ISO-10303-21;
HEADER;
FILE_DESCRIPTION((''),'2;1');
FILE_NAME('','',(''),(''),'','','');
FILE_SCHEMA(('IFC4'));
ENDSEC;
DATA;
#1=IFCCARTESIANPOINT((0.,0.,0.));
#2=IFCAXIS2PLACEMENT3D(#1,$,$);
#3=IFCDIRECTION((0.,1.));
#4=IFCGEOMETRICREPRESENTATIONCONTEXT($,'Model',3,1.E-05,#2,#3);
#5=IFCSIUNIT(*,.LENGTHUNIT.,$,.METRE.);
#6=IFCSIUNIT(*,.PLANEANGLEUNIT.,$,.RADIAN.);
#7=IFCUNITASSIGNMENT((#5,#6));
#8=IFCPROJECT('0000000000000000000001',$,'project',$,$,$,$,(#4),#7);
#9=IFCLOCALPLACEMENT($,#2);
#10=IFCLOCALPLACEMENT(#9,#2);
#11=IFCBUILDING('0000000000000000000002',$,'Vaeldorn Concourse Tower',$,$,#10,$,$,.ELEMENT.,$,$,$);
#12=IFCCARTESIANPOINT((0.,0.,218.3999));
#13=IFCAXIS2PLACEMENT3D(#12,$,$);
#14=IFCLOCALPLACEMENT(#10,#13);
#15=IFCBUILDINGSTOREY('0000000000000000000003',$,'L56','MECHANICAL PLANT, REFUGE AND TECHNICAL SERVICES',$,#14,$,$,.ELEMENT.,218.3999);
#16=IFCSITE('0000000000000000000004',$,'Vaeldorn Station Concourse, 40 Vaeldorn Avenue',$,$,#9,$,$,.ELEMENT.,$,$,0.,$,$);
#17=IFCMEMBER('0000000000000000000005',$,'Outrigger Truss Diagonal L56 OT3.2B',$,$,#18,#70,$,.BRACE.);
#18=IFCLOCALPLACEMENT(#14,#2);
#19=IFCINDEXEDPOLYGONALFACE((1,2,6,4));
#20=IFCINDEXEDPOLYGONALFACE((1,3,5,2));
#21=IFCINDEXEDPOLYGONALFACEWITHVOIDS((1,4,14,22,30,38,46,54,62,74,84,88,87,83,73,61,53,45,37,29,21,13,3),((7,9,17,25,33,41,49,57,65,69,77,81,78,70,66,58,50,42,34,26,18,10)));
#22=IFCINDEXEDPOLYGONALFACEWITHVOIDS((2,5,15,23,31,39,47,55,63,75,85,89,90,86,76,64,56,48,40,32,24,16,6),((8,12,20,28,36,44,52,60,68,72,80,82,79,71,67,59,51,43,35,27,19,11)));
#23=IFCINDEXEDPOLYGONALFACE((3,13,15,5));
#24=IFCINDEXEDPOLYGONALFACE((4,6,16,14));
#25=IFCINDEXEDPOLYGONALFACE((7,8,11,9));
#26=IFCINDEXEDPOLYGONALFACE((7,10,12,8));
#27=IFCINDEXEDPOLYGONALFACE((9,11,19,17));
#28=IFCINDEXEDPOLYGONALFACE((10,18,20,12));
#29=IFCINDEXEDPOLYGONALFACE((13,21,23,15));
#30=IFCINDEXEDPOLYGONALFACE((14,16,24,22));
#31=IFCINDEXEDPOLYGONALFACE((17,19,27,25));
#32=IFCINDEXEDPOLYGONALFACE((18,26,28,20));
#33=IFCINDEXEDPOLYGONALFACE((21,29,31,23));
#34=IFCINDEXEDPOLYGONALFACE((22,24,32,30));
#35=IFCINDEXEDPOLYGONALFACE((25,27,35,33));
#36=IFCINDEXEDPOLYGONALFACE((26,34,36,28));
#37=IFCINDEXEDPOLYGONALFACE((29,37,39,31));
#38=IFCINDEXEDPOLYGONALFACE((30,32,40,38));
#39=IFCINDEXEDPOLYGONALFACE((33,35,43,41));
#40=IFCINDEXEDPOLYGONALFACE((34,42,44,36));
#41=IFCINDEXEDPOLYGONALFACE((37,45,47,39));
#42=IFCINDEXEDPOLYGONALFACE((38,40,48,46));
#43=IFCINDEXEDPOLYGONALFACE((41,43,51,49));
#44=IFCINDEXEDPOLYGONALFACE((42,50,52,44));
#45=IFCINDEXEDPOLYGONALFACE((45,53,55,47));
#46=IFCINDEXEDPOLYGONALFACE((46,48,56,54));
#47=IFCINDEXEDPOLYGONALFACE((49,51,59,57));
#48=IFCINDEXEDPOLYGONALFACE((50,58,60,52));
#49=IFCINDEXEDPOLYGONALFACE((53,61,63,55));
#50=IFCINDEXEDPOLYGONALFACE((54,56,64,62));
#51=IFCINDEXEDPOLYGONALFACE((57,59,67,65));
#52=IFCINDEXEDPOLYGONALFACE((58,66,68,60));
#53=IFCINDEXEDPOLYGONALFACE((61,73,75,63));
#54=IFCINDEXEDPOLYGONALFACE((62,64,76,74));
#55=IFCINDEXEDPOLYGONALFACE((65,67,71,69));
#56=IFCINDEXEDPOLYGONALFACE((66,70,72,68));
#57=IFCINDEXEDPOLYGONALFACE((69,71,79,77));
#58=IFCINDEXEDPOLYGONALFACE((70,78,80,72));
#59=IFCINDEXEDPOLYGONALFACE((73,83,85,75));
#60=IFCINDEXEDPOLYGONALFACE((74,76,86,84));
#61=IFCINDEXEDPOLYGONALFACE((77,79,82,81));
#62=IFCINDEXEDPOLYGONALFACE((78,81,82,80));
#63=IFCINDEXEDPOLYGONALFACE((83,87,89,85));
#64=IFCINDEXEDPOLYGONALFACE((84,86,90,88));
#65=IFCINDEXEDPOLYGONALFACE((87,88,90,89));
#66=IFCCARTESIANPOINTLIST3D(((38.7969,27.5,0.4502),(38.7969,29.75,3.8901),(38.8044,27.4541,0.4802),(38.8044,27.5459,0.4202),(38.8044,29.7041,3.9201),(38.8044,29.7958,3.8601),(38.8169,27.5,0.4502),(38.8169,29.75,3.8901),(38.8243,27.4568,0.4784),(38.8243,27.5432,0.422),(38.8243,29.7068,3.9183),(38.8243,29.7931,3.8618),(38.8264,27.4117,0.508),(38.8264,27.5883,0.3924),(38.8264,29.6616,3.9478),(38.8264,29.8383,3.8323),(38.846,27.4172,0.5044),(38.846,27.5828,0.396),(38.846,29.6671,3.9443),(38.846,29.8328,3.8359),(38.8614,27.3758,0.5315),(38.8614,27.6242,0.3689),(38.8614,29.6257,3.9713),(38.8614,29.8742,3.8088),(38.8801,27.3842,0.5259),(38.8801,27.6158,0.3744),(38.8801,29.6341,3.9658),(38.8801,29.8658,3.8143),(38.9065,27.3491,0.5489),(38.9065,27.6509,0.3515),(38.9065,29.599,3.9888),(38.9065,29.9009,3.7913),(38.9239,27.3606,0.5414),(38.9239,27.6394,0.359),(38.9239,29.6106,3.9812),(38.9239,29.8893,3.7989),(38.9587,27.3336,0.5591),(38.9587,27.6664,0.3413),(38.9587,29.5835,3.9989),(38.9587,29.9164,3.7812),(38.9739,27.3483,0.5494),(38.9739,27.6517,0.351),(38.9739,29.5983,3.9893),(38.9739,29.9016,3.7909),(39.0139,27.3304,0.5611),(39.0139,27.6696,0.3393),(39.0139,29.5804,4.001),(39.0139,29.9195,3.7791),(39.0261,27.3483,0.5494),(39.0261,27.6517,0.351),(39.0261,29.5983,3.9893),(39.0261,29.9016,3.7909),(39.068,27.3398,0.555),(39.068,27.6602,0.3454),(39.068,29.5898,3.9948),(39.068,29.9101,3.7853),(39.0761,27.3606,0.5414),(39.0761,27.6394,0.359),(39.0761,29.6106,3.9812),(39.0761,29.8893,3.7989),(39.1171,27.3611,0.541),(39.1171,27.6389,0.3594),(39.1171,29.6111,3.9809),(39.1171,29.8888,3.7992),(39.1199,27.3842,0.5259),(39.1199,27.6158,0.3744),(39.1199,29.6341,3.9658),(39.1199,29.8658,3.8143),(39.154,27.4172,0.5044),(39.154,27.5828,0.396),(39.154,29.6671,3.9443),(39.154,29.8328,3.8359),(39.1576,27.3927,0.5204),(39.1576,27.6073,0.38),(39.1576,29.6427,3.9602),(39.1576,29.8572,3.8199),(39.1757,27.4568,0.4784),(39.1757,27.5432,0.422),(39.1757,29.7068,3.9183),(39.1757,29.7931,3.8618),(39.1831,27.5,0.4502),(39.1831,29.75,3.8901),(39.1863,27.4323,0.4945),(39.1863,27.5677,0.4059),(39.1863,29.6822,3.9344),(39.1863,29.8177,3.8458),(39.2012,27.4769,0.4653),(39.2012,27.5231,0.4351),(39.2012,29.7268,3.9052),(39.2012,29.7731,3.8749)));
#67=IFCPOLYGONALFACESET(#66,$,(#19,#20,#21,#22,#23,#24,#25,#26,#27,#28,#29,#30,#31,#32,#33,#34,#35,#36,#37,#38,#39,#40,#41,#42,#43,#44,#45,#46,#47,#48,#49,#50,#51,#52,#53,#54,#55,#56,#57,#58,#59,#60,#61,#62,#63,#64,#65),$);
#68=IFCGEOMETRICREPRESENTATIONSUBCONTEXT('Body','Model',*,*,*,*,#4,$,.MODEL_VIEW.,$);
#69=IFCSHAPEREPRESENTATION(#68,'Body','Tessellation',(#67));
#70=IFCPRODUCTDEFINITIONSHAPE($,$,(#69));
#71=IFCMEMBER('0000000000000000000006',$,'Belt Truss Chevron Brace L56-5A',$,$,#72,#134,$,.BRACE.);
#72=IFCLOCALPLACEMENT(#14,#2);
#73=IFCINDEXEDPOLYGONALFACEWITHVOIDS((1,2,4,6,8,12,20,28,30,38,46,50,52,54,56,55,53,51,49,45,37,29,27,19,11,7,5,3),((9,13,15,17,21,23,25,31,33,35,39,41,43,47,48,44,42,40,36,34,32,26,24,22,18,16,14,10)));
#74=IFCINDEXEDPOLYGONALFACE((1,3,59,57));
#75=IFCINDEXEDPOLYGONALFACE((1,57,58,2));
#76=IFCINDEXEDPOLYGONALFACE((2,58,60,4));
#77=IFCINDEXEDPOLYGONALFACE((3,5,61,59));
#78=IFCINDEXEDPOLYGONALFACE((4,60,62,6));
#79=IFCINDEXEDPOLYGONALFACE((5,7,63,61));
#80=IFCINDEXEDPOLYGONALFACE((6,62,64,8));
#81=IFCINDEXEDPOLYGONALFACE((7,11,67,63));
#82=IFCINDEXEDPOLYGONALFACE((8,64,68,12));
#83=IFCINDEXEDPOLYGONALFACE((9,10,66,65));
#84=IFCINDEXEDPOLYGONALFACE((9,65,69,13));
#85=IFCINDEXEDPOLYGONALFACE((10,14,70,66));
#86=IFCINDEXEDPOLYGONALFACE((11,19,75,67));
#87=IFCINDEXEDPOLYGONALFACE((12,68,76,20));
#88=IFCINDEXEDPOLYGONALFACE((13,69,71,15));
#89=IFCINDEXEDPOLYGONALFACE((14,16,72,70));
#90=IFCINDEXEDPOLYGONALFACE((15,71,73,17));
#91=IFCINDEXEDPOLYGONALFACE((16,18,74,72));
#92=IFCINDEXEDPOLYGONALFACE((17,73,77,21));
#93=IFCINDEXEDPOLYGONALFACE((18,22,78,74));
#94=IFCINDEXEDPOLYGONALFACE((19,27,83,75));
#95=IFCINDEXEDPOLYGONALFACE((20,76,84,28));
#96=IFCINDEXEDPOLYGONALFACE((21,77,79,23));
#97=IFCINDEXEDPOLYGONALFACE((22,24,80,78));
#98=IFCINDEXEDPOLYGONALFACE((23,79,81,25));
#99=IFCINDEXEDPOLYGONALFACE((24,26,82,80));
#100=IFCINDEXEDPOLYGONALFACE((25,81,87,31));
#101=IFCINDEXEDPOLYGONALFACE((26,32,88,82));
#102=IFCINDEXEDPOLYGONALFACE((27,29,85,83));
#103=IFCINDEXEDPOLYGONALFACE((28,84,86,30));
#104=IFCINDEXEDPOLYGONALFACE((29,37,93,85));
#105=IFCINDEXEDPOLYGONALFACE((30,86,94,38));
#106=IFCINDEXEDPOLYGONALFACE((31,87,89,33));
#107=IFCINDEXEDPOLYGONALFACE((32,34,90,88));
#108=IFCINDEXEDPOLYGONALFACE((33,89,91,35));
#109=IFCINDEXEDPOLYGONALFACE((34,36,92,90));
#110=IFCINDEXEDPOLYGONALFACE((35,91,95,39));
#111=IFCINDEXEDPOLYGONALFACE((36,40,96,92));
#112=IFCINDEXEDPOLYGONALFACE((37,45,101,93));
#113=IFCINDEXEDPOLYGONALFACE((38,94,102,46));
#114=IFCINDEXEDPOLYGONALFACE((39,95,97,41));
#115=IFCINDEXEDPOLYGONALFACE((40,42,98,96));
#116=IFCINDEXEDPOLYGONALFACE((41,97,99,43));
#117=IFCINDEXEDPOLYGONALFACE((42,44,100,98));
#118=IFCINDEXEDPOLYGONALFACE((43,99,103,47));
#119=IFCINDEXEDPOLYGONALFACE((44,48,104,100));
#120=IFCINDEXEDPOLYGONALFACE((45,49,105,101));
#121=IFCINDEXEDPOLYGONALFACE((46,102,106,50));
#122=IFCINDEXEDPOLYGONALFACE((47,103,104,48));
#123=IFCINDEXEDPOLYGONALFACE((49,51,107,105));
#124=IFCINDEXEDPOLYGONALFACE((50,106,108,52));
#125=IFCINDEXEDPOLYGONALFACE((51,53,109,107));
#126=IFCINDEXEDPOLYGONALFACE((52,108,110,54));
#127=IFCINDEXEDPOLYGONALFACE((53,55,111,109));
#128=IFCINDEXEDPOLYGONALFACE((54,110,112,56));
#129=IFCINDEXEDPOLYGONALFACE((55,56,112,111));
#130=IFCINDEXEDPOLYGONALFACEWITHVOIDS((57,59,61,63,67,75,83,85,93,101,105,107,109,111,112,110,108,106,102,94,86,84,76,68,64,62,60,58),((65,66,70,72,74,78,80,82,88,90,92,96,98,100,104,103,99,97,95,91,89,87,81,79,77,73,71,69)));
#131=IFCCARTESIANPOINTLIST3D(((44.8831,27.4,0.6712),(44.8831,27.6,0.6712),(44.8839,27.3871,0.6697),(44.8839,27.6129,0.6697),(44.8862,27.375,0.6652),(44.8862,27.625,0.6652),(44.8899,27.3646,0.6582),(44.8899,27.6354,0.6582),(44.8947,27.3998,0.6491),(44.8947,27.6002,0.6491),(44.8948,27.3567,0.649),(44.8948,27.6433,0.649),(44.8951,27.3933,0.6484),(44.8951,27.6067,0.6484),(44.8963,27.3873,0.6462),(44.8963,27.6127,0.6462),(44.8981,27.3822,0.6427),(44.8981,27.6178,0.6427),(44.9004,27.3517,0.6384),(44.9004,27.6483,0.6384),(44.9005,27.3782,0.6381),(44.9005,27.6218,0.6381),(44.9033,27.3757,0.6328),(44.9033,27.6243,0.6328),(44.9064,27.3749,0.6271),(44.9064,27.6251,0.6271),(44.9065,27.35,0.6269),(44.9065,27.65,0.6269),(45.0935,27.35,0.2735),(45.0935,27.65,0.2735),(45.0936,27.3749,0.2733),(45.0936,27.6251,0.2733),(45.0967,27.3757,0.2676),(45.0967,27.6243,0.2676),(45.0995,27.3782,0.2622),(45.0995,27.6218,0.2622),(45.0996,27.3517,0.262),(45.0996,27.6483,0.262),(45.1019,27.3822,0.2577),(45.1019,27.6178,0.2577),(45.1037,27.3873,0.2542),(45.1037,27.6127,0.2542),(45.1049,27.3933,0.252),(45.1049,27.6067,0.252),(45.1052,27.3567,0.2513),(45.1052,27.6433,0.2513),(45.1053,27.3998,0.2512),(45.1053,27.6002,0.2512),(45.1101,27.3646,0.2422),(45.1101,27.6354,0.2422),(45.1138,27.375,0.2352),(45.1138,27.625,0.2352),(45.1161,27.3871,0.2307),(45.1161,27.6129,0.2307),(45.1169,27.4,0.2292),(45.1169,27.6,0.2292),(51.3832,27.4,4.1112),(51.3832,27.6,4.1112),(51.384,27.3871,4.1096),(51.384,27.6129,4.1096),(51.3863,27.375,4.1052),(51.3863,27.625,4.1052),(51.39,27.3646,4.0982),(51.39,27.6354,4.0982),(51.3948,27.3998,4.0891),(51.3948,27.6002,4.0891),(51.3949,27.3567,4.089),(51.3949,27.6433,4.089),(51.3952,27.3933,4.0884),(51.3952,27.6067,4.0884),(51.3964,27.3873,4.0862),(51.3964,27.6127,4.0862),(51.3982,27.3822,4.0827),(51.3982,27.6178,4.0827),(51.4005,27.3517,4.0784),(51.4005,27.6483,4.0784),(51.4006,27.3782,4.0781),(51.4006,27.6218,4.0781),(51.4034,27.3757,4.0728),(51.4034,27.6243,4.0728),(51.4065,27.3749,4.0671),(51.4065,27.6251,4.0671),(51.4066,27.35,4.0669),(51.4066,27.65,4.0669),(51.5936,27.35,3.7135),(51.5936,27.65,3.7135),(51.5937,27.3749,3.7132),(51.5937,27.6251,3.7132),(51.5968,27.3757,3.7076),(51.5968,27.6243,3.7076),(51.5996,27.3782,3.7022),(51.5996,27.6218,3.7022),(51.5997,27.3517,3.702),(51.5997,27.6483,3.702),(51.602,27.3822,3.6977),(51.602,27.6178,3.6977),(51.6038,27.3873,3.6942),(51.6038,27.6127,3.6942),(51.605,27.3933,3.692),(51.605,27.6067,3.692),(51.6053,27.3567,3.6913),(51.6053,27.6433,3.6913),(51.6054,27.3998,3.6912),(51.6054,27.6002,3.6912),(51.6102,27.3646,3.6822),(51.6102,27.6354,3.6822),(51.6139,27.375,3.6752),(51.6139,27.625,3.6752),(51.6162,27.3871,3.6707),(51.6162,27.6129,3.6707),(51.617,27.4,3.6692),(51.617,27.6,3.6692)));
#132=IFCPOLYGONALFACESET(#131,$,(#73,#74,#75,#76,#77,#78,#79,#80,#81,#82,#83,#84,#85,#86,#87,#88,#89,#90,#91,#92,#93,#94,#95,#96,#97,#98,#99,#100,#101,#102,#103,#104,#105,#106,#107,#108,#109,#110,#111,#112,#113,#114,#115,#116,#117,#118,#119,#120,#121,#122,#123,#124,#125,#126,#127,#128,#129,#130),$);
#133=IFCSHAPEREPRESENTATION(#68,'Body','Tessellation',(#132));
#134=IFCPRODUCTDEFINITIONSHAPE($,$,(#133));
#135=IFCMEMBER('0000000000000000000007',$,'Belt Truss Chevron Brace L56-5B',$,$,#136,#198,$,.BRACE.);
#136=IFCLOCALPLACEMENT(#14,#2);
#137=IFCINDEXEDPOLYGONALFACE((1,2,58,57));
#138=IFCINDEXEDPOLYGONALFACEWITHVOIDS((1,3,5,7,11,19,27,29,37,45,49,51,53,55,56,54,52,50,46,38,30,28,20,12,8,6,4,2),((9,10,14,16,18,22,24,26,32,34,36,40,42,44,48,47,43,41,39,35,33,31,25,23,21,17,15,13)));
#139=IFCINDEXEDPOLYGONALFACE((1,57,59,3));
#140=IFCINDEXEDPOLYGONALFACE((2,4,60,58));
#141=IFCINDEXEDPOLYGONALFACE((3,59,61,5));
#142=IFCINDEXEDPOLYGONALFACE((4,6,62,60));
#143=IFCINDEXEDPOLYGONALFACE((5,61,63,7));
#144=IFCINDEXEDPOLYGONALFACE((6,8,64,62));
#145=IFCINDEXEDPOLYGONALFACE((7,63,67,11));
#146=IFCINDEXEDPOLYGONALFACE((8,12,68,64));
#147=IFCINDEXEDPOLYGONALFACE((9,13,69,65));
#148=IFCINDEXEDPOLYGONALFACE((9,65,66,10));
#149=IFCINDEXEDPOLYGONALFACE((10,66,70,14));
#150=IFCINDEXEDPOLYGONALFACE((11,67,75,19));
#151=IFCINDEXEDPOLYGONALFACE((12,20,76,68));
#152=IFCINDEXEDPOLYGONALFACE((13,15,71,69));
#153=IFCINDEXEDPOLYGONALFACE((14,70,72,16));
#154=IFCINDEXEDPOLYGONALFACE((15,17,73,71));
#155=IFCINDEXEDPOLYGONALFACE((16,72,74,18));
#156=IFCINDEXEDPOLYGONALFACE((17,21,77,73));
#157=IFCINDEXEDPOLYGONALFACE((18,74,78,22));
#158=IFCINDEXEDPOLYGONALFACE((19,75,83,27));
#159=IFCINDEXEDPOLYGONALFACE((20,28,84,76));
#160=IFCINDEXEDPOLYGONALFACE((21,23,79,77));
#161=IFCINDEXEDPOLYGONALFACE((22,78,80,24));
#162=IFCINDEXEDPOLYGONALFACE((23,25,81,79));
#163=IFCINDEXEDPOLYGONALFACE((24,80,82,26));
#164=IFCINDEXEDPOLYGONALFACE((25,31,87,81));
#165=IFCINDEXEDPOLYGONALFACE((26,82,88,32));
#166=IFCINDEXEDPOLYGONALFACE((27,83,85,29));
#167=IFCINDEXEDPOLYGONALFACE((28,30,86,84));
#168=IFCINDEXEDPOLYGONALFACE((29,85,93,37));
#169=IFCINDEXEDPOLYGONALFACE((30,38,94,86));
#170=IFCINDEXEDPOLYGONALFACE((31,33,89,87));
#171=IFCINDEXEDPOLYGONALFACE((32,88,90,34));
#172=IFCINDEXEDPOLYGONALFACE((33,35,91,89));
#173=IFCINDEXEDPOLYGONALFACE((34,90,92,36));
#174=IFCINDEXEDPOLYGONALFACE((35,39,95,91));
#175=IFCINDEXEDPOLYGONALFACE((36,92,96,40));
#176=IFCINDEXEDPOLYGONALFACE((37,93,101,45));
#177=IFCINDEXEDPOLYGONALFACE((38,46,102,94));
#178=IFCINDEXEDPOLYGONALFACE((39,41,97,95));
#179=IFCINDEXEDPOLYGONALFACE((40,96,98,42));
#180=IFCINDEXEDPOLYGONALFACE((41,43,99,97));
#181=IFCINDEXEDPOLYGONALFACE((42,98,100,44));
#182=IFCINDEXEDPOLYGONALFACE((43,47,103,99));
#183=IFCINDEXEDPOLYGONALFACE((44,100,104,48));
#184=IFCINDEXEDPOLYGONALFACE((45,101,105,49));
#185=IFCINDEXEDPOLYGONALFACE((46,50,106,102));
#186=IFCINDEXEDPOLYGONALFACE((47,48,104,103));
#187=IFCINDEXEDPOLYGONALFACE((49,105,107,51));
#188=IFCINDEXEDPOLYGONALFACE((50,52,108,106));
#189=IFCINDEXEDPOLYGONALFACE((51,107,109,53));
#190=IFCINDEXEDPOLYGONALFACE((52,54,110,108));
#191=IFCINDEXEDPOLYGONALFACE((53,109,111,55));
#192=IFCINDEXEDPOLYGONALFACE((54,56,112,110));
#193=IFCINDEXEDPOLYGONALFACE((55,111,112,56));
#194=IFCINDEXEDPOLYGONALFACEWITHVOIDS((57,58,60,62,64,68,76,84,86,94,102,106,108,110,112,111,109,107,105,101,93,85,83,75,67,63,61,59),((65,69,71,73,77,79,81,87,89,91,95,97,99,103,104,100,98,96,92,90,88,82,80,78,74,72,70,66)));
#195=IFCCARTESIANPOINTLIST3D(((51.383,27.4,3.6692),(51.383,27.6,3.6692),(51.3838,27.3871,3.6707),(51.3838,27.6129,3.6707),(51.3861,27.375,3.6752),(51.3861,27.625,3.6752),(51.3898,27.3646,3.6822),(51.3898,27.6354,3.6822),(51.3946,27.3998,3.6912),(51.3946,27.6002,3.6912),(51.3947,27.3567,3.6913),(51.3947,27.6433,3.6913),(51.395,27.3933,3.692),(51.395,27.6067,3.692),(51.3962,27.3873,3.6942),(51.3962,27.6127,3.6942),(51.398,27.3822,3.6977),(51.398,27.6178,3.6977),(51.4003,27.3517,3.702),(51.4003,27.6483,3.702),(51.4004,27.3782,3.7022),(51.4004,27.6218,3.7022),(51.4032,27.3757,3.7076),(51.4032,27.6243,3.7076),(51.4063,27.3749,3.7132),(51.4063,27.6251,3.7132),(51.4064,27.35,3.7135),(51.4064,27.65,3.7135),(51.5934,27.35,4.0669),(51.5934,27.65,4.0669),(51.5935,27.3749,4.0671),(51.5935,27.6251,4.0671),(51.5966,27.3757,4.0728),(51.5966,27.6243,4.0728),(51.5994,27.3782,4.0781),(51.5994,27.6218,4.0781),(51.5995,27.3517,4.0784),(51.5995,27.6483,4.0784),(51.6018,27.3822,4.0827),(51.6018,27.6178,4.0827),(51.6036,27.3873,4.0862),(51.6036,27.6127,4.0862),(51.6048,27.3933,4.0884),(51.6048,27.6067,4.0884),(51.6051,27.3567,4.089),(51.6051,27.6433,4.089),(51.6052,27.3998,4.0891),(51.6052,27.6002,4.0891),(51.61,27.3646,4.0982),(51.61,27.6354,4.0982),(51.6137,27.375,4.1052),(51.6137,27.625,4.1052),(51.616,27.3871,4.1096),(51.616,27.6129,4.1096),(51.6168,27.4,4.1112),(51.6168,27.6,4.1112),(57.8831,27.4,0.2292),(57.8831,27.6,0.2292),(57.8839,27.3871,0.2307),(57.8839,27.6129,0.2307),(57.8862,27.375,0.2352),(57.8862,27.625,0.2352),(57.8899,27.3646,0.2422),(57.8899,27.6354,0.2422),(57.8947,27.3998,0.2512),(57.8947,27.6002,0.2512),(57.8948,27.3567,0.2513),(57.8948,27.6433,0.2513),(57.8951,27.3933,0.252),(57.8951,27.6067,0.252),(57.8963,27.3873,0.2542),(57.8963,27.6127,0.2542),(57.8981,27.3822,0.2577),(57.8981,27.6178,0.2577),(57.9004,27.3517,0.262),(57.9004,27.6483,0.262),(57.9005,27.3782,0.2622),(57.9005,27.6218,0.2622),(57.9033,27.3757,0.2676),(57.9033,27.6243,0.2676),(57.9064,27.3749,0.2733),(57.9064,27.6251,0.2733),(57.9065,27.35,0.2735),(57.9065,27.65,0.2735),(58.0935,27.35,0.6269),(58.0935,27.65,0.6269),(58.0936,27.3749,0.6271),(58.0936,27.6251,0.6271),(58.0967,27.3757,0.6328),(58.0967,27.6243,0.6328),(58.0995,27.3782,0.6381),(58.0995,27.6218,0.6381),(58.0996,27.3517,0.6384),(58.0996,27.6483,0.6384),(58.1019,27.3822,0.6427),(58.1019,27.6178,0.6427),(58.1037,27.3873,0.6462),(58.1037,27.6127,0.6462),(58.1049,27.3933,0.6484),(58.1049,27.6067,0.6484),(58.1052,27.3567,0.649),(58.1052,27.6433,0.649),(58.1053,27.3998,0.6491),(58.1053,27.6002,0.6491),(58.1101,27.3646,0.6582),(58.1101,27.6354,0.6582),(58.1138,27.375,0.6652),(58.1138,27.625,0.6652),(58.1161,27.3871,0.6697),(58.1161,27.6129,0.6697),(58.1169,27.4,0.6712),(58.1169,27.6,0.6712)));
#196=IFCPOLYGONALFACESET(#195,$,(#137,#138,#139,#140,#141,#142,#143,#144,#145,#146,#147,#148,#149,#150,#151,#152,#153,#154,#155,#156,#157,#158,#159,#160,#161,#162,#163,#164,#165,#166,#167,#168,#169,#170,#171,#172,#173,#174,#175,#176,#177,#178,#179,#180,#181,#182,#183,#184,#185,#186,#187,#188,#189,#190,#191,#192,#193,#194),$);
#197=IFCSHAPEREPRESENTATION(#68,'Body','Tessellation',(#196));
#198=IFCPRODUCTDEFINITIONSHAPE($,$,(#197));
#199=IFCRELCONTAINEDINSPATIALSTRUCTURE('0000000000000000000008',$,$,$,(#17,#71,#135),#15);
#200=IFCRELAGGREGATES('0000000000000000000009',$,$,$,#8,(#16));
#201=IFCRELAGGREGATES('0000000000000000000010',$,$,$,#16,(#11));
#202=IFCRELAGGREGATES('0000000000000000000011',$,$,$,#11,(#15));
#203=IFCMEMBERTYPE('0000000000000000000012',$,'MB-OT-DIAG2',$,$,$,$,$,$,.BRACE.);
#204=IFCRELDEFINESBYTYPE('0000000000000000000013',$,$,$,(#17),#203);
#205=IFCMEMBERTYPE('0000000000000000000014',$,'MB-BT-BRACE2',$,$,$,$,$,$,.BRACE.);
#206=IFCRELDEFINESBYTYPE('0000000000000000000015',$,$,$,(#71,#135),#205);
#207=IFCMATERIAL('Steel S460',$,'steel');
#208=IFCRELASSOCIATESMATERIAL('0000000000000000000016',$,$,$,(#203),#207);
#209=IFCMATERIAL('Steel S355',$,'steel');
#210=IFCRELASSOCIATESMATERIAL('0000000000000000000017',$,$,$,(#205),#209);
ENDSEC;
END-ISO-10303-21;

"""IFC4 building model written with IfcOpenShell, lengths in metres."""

from ifc_helpers import new_model, si_unit, direction, frame, origin, origin_2d, place, context, subcontext, project, spatial, hollow_rectangle, hollow_circle, extrude, source, transform, mapped, material, material_profile, profile_set, type_object, element, save


model = new_model("IFC4")

# Units and contexts
model_context = context("Model", 3, precision=1e-05, world=origin(), true_north=direction((0.0, 1.0)))
body_context = subcontext(model_context, "Body", "Model", "MODEL_VIEW")
ifc_project = project(units=[si_unit("LENGTHUNIT", "METRE"), si_unit("PLANEANGLEUNIT", "RADIAN")], contexts=[model_context])

# Site, building, storey
site_placement = place(None, origin())
site = spatial("IfcSite", under=ifc_project, at=site_placement, Name="Vaeldorn Station Concourse, 40 Vaeldorn Avenue", CompositionType="ELEMENT", RefElevation=0.0)
building_placement = place(site_placement, origin())
building = spatial("IfcBuilding", under=site, at=building_placement, Name="Vaeldorn Concourse Tower", CompositionType="ELEMENT")
storey_placement = place(building_placement, frame((0.0, 0.0, 218.3999)))
storey = spatial("IfcBuildingStorey", under=building, at=storey_placement, Name="L56", Description="MECHANICAL PLANT, REFUGE AND TECHNICAL SERVICES", CompositionType="ELEMENT", Elevation=218.3999)

# Shared definitions
ifc_material_1 = material(Name="Steel S460", Category="steel")
ifc_material_2 = material(Name="Steel S355", Category="steel")

# Members
ifc_material_profile_1 = material_profile(ifc_material_1, hollow_circle(Radius=0.2031, WallThickness=0.02, at=origin_2d()), Name="CHS 406.4x20")
ifc_profile_set_1 = profile_set([ifc_material_profile_1], Name="Steel S460")
member_type_1 = type_object("IfcMemberType", Name="MB-OT-DIAG2", PredefinedType="BRACE", material=ifc_profile_set_1)
shared_shape_1 = source(origin(), body_context, "Body", "SweptSolid", [
    extrude(hollow_circle(Radius=0.2031, WallThickness=0.02, at=origin_2d()), origin(), (0.0, 0.0, 1.0), 4.1104),
])
for number, where, z_axis, x_axis, name in (
    (1, (39.0, 27.5, 0.4502), (0.0, 0.547387, 0.83688), (-1.0, 0.0, 0.0), "Outrigger Truss Diagonal L56 OT3.2B"),
):
    element("IfcMember", number, at=place(storey_placement, frame(where, z_axis=z_axis, x_axis=x_axis)), inside=storey, type_object=member_type_1, Name=name, PredefinedType="BRACE", context=body_context, shape_type="MappedRepresentation", body=[
        mapped(shared_shape_1, transform((0.0, 0.0, 0.0), scale=1.0)),
    ])
ifc_material_profile_2 = material_profile(ifc_material_2, hollow_rectangle(XDim=0.3, YDim=0.5, WallThickness=0.0249, InnerFilletRadius=0.0249, OuterFilletRadius=0.05, at=origin_2d()), Name="RHS 500x300x25")
ifc_profile_set_2 = profile_set([ifc_material_profile_2], Name="Steel S355")
member_type_2 = type_object("IfcMemberType", Name="MB-BT-BRACE2", PredefinedType="BRACE", material=ifc_profile_set_2)
shared_shape_2 = source(origin(), body_context, "Body", "SweptSolid", [
    extrude(hollow_rectangle(XDim=0.3, YDim=0.5, WallThickness=0.0249, InnerFilletRadius=0.0249, OuterFilletRadius=0.05, at=origin_2d()), origin(), (0.0, 0.0, 1.0), 7.3542),
])
for number, where, z_axis, x_axis, name in (
    (2, (45.0, 27.5, 0.4502), (0.883857, 0.0, 0.467757), (0.0, 1.0, 0.0), "Belt Truss Chevron Brace L56-5A"),
    (3, (58.0, 27.5, 0.4502), (-0.883857, 0.0, 0.467757), (0.0, -1.0, 0.0), "Belt Truss Chevron Brace L56-5B"),
):
    element("IfcMember", number, at=place(storey_placement, frame(where, z_axis=z_axis, x_axis=x_axis)), inside=storey, type_object=member_type_2, Name=name, PredefinedType="BRACE", context=body_context, shape_type="MappedRepresentation", body=[
        mapped(shared_shape_2, transform((0.0, 0.0, 0.0), scale=1.0)),
    ])

save(model, "model.ifc")
